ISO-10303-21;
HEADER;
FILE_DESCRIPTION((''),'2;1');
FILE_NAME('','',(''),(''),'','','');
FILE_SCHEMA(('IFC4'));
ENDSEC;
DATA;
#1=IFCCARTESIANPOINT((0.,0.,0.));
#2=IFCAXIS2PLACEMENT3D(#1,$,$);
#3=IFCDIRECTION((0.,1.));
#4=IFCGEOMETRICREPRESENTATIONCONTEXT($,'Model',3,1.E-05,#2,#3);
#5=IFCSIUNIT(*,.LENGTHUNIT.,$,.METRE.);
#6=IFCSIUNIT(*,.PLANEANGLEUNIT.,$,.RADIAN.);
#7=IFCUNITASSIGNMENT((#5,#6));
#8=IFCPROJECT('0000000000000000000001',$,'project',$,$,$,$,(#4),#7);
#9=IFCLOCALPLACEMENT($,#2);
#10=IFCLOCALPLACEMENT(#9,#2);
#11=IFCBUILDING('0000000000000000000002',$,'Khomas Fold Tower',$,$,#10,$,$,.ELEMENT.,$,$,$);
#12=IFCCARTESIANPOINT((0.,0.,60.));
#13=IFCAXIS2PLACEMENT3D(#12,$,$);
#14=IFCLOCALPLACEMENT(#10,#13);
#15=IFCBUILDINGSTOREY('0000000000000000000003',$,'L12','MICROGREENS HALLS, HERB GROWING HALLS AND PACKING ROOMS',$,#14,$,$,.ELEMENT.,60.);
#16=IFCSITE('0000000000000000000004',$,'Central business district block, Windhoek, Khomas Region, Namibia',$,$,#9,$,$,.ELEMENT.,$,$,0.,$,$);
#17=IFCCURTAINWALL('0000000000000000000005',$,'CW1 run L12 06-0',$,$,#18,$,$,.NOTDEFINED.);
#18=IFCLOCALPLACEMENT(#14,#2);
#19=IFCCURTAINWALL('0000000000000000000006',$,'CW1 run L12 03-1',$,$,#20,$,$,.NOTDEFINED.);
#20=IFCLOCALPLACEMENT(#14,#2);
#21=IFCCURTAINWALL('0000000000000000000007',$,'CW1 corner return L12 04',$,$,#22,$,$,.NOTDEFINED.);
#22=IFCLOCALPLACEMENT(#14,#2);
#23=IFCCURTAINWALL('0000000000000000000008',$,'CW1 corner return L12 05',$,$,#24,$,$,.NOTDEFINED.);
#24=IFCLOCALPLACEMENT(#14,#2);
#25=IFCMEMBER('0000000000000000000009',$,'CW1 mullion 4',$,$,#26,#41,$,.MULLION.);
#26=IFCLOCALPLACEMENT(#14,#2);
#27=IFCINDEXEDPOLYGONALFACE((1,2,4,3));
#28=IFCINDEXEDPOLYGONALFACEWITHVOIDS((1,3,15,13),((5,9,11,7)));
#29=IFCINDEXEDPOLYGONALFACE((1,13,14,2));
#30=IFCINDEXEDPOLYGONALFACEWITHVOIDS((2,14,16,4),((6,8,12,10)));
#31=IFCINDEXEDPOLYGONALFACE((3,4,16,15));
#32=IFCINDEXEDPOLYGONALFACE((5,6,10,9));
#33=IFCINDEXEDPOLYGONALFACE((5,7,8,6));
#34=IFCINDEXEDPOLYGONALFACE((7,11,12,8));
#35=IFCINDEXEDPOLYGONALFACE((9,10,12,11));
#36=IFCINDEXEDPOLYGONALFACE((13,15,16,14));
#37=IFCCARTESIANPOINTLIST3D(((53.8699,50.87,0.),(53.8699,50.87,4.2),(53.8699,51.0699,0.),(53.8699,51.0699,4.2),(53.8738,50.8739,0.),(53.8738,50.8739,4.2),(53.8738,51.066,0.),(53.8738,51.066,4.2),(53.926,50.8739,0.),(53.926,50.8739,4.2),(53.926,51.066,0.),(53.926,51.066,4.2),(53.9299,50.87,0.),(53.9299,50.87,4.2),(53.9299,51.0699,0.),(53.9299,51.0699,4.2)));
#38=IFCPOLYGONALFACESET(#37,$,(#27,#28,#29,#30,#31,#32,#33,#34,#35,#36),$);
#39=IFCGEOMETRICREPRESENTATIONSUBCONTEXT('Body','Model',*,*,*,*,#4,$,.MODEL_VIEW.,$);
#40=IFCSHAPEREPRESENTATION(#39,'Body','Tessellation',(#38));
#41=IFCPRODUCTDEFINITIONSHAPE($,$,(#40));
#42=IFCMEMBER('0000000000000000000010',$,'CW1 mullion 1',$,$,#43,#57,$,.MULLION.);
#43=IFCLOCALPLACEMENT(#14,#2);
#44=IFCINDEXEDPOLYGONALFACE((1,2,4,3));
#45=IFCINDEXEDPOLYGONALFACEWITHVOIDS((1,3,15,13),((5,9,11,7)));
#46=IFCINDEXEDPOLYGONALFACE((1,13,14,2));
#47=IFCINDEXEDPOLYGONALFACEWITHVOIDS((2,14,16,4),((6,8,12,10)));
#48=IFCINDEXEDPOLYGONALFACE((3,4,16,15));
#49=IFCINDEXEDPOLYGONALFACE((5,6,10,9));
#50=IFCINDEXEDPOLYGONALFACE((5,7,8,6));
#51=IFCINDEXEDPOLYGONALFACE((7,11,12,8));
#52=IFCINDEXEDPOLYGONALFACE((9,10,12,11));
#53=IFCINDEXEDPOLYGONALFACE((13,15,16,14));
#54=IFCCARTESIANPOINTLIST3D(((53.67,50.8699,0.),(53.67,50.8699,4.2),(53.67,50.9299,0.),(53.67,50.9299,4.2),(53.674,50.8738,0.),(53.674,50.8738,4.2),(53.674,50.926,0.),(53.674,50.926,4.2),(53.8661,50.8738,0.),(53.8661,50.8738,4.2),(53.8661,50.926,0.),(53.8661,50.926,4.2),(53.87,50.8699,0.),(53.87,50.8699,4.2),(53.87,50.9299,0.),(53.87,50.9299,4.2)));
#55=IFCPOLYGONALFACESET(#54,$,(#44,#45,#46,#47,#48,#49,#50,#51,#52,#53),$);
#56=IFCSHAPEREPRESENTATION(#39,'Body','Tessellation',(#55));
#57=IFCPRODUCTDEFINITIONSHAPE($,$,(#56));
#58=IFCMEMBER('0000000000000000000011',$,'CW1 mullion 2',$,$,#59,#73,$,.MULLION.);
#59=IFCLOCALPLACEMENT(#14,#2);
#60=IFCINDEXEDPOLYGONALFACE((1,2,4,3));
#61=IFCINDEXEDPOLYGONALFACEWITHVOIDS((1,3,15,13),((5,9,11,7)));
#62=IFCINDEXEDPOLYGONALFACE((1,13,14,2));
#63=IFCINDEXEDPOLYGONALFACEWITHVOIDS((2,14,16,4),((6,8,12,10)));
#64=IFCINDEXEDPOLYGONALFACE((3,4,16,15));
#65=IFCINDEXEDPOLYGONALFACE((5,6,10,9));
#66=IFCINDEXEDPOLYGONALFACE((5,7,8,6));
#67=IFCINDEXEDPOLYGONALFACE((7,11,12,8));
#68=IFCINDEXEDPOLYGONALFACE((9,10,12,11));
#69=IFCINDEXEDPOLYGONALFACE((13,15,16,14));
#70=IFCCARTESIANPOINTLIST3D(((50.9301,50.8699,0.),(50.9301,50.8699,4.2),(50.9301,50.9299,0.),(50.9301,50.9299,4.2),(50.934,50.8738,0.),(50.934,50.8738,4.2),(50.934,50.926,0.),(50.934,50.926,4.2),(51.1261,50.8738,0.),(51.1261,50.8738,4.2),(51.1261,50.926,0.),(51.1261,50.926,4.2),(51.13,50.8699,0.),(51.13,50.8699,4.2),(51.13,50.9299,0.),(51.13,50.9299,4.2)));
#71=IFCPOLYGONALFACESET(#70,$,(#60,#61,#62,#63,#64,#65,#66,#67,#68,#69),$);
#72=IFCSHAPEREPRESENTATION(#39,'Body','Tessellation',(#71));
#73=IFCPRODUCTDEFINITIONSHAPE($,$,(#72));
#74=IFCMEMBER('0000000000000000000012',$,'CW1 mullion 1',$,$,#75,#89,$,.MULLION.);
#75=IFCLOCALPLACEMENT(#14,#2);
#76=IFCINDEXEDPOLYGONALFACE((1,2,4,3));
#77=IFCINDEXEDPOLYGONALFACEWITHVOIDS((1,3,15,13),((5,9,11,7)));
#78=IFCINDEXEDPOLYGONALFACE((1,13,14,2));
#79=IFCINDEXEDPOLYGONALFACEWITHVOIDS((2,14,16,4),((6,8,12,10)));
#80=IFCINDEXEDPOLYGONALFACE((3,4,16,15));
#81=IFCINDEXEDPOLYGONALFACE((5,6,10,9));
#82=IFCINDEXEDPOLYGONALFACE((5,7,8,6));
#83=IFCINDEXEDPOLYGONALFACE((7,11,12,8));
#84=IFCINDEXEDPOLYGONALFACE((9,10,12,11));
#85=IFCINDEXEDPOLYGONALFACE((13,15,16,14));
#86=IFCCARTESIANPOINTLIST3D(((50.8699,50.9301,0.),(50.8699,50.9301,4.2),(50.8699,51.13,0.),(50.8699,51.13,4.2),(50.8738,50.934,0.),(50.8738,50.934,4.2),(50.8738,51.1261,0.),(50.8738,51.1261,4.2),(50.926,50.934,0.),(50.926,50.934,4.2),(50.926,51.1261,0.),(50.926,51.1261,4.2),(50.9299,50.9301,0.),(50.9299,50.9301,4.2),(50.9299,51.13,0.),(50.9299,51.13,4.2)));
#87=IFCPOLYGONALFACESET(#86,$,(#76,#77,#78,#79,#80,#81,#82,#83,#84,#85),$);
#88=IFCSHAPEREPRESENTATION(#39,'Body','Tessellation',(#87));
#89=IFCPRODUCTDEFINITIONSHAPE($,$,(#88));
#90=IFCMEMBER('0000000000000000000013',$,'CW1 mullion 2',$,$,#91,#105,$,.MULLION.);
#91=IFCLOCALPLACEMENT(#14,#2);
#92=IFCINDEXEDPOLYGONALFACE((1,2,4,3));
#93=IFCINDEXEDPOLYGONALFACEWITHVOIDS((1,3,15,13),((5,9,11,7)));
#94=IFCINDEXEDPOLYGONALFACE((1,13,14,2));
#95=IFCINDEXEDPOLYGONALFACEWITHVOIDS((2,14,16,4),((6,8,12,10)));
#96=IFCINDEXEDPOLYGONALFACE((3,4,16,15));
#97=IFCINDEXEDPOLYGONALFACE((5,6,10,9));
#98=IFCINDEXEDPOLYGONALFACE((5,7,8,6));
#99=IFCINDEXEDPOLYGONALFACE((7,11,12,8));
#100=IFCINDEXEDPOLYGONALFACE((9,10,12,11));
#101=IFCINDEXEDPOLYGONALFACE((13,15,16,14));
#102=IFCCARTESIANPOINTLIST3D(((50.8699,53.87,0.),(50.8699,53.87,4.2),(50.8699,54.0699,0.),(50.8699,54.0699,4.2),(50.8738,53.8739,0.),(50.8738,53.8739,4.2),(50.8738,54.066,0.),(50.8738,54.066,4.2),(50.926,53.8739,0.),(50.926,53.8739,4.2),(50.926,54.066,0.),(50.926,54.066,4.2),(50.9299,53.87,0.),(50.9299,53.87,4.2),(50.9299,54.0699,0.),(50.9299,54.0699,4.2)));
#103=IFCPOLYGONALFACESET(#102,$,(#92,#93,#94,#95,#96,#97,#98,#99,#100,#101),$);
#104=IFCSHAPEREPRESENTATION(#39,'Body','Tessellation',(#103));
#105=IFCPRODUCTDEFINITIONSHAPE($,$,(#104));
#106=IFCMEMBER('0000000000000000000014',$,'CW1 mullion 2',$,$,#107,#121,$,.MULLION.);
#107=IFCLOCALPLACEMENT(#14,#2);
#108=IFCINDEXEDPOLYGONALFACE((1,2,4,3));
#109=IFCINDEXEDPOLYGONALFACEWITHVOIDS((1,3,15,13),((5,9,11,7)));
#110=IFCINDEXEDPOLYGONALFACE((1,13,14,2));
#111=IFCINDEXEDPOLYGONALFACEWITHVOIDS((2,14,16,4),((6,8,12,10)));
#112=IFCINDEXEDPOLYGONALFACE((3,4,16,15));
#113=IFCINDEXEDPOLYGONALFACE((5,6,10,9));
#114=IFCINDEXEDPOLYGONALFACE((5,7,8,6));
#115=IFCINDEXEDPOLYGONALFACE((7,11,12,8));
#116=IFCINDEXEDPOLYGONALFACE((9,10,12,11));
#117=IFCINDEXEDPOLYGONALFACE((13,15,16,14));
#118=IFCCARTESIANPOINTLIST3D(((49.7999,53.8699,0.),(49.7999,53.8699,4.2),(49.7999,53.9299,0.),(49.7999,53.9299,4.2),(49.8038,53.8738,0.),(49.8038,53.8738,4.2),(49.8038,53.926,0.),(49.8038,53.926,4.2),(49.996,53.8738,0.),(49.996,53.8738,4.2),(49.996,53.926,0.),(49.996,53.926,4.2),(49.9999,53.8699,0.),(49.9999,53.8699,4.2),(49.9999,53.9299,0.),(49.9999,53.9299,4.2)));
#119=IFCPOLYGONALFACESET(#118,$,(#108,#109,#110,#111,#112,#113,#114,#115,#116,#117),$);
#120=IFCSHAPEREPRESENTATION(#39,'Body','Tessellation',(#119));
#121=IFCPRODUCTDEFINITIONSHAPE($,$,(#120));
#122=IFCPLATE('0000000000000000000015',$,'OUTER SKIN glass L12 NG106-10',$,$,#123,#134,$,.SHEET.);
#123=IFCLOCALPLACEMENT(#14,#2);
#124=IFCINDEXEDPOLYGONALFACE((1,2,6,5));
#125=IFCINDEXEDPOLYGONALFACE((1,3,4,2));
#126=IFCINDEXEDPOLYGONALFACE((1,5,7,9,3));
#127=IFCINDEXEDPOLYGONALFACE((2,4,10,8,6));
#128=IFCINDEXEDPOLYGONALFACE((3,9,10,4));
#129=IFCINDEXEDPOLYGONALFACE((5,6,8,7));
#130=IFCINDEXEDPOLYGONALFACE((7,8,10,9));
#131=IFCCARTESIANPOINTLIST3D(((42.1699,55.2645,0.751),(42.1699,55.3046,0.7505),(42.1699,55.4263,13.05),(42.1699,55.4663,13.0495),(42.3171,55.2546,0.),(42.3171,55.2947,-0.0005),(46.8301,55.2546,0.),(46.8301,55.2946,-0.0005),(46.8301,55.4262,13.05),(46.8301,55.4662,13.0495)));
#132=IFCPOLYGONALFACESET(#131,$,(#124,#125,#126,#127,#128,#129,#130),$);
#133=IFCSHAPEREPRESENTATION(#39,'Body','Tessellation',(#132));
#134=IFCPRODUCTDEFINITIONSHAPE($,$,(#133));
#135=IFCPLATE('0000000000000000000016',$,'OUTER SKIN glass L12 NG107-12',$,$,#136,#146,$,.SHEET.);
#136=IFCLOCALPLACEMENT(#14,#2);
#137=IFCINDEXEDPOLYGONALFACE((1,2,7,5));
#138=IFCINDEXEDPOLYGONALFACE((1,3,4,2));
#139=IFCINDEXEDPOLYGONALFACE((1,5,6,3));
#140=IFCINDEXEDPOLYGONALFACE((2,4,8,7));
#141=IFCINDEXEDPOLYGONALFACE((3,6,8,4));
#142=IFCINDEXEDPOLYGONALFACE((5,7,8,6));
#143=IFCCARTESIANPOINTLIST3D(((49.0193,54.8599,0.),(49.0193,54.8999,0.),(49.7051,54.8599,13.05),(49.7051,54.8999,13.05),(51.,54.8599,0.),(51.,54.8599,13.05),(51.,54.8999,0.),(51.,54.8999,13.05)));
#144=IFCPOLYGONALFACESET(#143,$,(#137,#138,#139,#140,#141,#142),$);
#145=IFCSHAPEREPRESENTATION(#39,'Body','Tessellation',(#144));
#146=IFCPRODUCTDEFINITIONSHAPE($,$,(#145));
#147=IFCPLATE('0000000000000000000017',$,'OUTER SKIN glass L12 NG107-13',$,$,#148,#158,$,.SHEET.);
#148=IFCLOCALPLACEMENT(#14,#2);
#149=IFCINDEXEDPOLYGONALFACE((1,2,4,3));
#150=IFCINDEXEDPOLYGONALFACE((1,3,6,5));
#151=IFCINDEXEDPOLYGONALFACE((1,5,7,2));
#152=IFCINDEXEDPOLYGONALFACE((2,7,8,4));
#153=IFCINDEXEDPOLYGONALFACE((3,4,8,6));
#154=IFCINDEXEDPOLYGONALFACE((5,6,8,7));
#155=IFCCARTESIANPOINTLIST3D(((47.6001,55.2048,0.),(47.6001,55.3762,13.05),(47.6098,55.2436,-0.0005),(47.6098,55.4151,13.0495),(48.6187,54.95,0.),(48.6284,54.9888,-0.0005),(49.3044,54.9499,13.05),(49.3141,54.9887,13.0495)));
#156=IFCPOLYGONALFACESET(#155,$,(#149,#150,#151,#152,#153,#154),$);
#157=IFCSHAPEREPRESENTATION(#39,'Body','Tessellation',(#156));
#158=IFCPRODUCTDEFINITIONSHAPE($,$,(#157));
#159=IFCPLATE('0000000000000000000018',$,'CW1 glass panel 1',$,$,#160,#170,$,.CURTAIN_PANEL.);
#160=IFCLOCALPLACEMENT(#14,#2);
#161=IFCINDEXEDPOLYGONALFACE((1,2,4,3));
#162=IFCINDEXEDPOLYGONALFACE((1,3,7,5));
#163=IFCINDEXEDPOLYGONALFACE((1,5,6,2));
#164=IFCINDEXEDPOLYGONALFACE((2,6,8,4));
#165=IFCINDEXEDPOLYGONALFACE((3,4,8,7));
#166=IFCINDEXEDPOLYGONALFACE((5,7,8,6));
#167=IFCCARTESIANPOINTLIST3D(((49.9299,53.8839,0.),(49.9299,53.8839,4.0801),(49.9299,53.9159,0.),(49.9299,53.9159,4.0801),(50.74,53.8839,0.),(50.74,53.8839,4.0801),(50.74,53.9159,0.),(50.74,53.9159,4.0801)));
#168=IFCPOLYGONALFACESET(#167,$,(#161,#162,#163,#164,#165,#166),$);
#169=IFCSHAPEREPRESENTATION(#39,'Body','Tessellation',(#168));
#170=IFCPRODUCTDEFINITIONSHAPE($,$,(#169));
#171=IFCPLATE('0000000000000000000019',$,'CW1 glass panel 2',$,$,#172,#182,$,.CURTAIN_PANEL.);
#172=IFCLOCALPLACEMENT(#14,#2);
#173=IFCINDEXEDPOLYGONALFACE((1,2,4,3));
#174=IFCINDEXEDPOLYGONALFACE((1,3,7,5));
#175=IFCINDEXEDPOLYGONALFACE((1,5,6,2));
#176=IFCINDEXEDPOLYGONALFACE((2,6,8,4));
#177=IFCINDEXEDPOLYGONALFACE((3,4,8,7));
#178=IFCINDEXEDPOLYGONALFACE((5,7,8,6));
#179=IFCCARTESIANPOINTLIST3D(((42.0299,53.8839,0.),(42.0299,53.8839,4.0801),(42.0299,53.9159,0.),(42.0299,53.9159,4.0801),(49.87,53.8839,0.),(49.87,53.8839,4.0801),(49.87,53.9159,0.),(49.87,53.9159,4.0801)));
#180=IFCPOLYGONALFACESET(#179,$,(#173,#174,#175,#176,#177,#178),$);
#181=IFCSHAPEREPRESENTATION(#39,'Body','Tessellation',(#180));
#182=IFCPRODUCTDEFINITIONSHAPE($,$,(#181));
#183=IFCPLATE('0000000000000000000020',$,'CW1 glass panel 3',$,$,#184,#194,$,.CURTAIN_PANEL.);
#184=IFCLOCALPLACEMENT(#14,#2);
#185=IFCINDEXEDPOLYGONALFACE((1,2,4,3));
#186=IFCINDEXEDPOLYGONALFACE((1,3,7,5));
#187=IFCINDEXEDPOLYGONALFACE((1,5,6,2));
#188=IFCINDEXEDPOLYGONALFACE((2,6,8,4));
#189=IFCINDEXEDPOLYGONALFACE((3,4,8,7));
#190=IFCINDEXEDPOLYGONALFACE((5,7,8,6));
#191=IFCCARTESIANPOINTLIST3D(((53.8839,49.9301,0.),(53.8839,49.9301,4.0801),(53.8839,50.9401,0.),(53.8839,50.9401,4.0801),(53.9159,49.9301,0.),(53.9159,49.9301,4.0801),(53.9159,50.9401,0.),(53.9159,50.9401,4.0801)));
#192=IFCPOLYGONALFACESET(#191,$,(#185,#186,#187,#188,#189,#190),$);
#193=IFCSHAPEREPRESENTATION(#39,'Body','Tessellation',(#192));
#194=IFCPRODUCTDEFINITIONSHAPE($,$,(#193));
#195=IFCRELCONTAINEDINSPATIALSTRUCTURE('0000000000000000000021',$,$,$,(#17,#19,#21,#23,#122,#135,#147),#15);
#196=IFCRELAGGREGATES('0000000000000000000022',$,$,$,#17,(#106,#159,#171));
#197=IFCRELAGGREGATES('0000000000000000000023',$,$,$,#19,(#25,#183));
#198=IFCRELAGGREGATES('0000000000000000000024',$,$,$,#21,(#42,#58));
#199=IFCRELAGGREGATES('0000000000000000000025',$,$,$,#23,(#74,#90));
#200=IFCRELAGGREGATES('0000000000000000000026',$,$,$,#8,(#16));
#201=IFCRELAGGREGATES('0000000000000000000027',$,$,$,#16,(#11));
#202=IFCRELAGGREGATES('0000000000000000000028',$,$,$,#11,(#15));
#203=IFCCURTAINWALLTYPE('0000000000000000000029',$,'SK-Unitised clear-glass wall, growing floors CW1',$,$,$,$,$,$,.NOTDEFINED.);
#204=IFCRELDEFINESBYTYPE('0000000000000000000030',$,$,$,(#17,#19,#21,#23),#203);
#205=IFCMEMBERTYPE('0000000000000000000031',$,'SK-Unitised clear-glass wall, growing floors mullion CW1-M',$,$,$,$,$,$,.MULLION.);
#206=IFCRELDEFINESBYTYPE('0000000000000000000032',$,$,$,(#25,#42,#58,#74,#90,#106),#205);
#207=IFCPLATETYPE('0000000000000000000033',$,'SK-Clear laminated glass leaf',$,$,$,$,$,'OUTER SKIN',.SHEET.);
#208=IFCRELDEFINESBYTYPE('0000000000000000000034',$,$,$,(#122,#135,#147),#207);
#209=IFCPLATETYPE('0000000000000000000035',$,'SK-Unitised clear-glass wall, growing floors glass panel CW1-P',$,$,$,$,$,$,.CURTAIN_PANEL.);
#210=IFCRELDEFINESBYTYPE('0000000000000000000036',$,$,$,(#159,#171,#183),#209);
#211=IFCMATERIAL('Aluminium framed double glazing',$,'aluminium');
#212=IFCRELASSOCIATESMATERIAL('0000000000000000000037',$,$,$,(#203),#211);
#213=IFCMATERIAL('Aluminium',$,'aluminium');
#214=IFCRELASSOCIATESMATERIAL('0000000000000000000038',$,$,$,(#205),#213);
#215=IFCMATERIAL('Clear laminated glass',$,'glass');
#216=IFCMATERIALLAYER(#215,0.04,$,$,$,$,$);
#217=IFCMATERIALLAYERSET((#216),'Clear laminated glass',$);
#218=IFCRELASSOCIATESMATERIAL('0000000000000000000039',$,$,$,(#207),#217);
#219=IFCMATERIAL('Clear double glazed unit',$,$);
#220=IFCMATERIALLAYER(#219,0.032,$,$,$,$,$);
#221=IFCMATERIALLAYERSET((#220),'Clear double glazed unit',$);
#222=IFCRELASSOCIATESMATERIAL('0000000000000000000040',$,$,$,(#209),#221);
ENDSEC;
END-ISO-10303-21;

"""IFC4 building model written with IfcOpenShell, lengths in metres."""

from ifc_helpers import new_model, si_unit, direction, frame, origin, origin_2d, place, context, subcontext, project, spatial, polyline, rectangle, hollow_rectangle, outline, extrude, source, transform, mapped, material, layer, layer_set, material_profile, profile_set, type_object, element, aggregate, save


model = new_model("IFC4")

# Units and contexts
model_context = context("Model", 3, precision=1e-05, world=origin(), true_north=direction((0.0, 1.0)))
body_context = subcontext(model_context, "Body", "Model", "MODEL_VIEW")
ifc_project = project(units=[si_unit("LENGTHUNIT", "METRE"), si_unit("PLANEANGLEUNIT", "RADIAN")], contexts=[model_context])

# Site, building, storey
site_placement = place(None, origin())
site = spatial("IfcSite", under=ifc_project, at=site_placement, Name="Central business district block, Windhoek, Khomas Region, Namibia", CompositionType="ELEMENT", RefElevation=0.0)
building_placement = place(site_placement, origin())
building = spatial("IfcBuilding", under=site, at=building_placement, Name="Khomas Fold Tower", CompositionType="ELEMENT")
storey_placement = place(building_placement, frame((0.0, 0.0, 60.0)))
storey = spatial("IfcBuildingStorey", under=building, at=storey_placement, Name="L12", Description="MICROGREENS HALLS, HERB GROWING HALLS AND PACKING ROOMS", CompositionType="ELEMENT", Elevation=60.0)

# Curtain wall
ifc_material_1 = material(Name="Aluminium framed double glazing", Category="aluminium")
curtain_wall_type = type_object("IfcCurtainWallType", Name="SK-Unitised clear-glass wall, growing floors CW1", PredefinedType="NOTDEFINED", material=ifc_material_1)
curtain_wall_1_placement = place(storey_placement, origin())
curtain_wall_1 = element("IfcCurtainWall", 1, at=curtain_wall_1_placement, inside=storey, type_object=curtain_wall_type, Name="CW1 run L12 06-0", PredefinedType="NOTDEFINED")

# Curtain walls
curtain_wall_2_placement = place(storey_placement, origin())
curtain_wall_2 = element("IfcCurtainWall", 2, at=curtain_wall_2_placement, inside=storey, type_object=curtain_wall_type, Name="CW1 run L12 03-1", PredefinedType="NOTDEFINED")
curtain_wall_3_placement = place(storey_placement, origin())
curtain_wall_3 = element("IfcCurtainWall", 3, at=curtain_wall_3_placement, inside=storey, type_object=curtain_wall_type, Name="CW1 corner return L12 04", PredefinedType="NOTDEFINED")
curtain_wall_4_placement = place(storey_placement, origin())
curtain_wall_4 = element("IfcCurtainWall", 4, at=curtain_wall_4_placement, inside=storey, type_object=curtain_wall_type, Name="CW1 corner return L12 05", PredefinedType="NOTDEFINED")

# Members
ifc_material_2 = material(Name="Aluminium", Category="aluminium")
ifc_material_profile_1 = material_profile(ifc_material_2, hollow_rectangle(XDim=0.0601, YDim=0.2, WallThickness=0.0039, at=origin_2d()), Name="SK-Unitised clear-glass wall, growing floors mullion CW1-M")
ifc_profile_set_1 = profile_set([ifc_material_profile_1], Name="Aluminium")
member_type_1 = type_object("IfcMemberType", Name="SK-Unitised clear-glass wall, growing floors mullion CW1-M", PredefinedType="MULLION", material=ifc_profile_set_1)
shared_shape_1 = source(origin(), body_context, "Body", "SweptSolid", [
    extrude(hollow_rectangle(XDim=0.0601, YDim=0.2, WallThickness=0.0039, at=origin_2d()), origin(), (0.0, 0.0, 1.0), 4.2),
])
member_1_placement = place(storey_placement, frame((53.8999, 50.97, 0.0), z_axis=(0.0, 0.0, 1.0), x_axis=(-1.0, 0.0, 0.0)))
member_1 = element("IfcMember", 5, at=member_1_placement, type_object=member_type_1, Name="CW1 mullion 4", PredefinedType="MULLION", context=body_context, shape_type="MappedRepresentation", body=[
    mapped(shared_shape_1, transform((0.0, 0.0, 0.0))),
])
member_2_placement = place(storey_placement, frame((53.77, 50.8999, 0.0), z_axis=(0.0, 0.0, 1.0), x_axis=(0.0, -1.0, 0.0)))
member_2 = element("IfcMember", 6, at=member_2_placement, type_object=member_type_1, Name="CW1 mullion 1", PredefinedType="MULLION", context=body_context, shape_type="MappedRepresentation", body=[
    mapped(shared_shape_1, transform((0.0, 0.0, 0.0))),
])
member_3_placement = place(storey_placement, frame((51.03, 50.8999, 0.0), z_axis=(0.0, 0.0, 1.0), x_axis=(0.0, -1.0, 0.0)))
member_3 = element("IfcMember", 7, at=member_3_placement, type_object=member_type_1, Name="CW1 mullion 2", PredefinedType="MULLION", context=body_context, shape_type="MappedRepresentation", body=[
    mapped(shared_shape_1, transform((0.0, 0.0, 0.0))),
])
member_4_placement = place(storey_placement, frame((50.8999, 51.03, 0.0), z_axis=(0.0, 0.0, 1.0), x_axis=(-1.0, 0.0, 0.0)))
member_4 = element("IfcMember", 8, at=member_4_placement, type_object=member_type_1, Name="CW1 mullion 1", PredefinedType="MULLION", context=body_context, shape_type="MappedRepresentation", body=[
    mapped(shared_shape_1, transform((0.0, 0.0, 0.0))),
])
member_5_placement = place(storey_placement, frame((50.8999, 53.97, 0.0), z_axis=(0.0, 0.0, 1.0), x_axis=(-1.0, 0.0, 0.0)))
member_5 = element("IfcMember", 9, at=member_5_placement, type_object=member_type_1, Name="CW1 mullion 2", PredefinedType="MULLION", context=body_context, shape_type="MappedRepresentation", body=[
    mapped(shared_shape_1, transform((0.0, 0.0, 0.0))),
])
member_6_placement = place(storey_placement, frame((49.8999, 53.8999, 0.0), z_axis=(0.0, 0.0, 1.0), x_axis=(0.0, -1.0, 0.0)))
member_6 = element("IfcMember", 10, at=member_6_placement, type_object=member_type_1, Name="CW1 mullion 2", PredefinedType="MULLION", context=body_context, shape_type="MappedRepresentation", body=[
    mapped(shared_shape_1, transform((0.0, 0.0, 0.0))),
])

# Plates
ifc_material_3 = material(Name="Clear laminated glass", Category="glass")
ifc_layer_1 = layer(ifc_material_3, 0.04)
ifc_layer_set_1 = layer_set([ifc_layer_1], Name="Clear laminated glass")
plate_type_1 = type_object("IfcPlateType", Name="SK-Clear laminated glass leaf", ElementType="OUTER SKIN", PredefinedType="SHEET", material=ifc_layer_set_1)
plate_1_placement = place(storey_placement, frame((42.3171, 55.2546, 0.0), z_axis=(-0.000014, -0.999914, 0.01315), x_axis=(-0.192356, 0.012908, 0.98124)))
element("IfcPlate", 11, at=plate_1_placement, inside=storey, type_object=plate_type_1, Name="OUTER SKIN glass L12 NG106-10", PredefinedType="SHEET", context=body_context, shape_type="SweptSolid", body=[
    extrude(outline(polyline([(0.0, 0.0), (0.7653, 0.0), (12.8358, -2.366), (11.9394, -6.9391), (-0.8681, -4.4287), (0.0, 0.0)])), origin(), (0.0, 0.0, -1.0), 0.04),
])
plate_2_placement = place(storey_placement, frame((49.0193, 54.8999, 0.0), z_axis=(0.0, 1.0, 0.0), x_axis=(0.052478, 0.0, 0.998622)))
element("IfcPlate", 12, at=plate_2_placement, inside=storey, type_object=plate_type_1, Name="OUTER SKIN glass L12 NG107-12", PredefinedType="SHEET", context=body_context, shape_type="SweptSolid", body=[
    extrude(outline(polyline([(0.0, 0.0), (13.0681, 0.0), (13.136, 1.2931), (0.1039, 1.978), (0.0, 0.0)])), origin(), (0.0, 0.0, -1.0), 0.04),
])
plate_3_placement = place(storey_placement, frame((48.6187, 54.95, 0.0), z_axis=(-0.242659, -0.970028, 0.012746), x_axis=(-0.970107, 0.242679, 0.000001)))
element("IfcPlate", 13, at=plate_3_placement, inside=storey, type_object=plate_type_1, Name="OUTER SKIN glass L12 NG107-13", PredefinedType="SHEET", context=body_context, shape_type="SweptSolid", body=[
    extrude(outline(polyline([(0.0, 0.0), (1.05, 0.0), (1.0916, -13.0511), (-0.6653, -13.0511), (0.0, 0.0)])), origin(), (0.0, 0.0, -1.0), 0.04),
])

# Plates
ifc_material_4 = material(Name="Clear double glazed unit")
ifc_layer_2 = layer(ifc_material_4, 0.032)
ifc_layer_set_2 = layer_set([ifc_layer_2], Name="Clear double glazed unit")
plate_type_2 = type_object("IfcPlateType", Name="SK-Unitised clear-glass wall, growing floors glass panel CW1-P", PredefinedType="CURTAIN_PANEL", material=ifc_layer_set_2)
shared_shape_2 = source(origin(), body_context, "Body", "SweptSolid", [
    extrude(rectangle(XDim=0.8101, YDim=0.032, at=origin_2d()), origin(), (0.0, 0.0, 1.0), 4.0801),
])
plate_4_placement = place(storey_placement, frame((50.335, 53.8999, 0.0), z_axis=(0.0, 0.0, 1.0), x_axis=(-1.0, 0.0, 0.0)))
plate_4 = element("IfcPlate", 14, at=plate_4_placement, type_object=plate_type_2, Name="CW1 glass panel 1", PredefinedType="CURTAIN_PANEL", context=body_context, shape_type="MappedRepresentation", body=[
    mapped(shared_shape_2, transform((0.0, 0.0, 0.0))),
])
shared_shape_3 = source(origin(), body_context, "Body", "SweptSolid", [
    extrude(rectangle(XDim=7.8401, YDim=0.032, at=origin_2d()), origin(), (0.0, 0.0, 1.0), 4.0801),
])
plate_5_placement = place(storey_placement, frame((45.95, 53.8999, 0.0), z_axis=(0.0, 0.0, 1.0), x_axis=(-1.0, 0.0, 0.0)))
plate_5 = element("IfcPlate", 15, at=plate_5_placement, type_object=plate_type_2, Name="CW1 glass panel 2", PredefinedType="CURTAIN_PANEL", context=body_context, shape_type="MappedRepresentation", body=[
    mapped(shared_shape_3, transform((0.0, 0.0, 0.0))),
])
aggregate(curtain_wall_1, [member_6, plate_4, plate_5])
shared_shape_4 = source(origin(), body_context, "Body", "SweptSolid", [
    extrude(rectangle(XDim=1.01, YDim=0.032, at=origin_2d()), origin(), (0.0, 0.0, 1.0), 4.0801),
])
plate_6_placement = place(storey_placement, frame((53.8999, 50.4351, 0.0), z_axis=(0.0, 0.0, 1.0), x_axis=(0.0, 1.0, 0.0)))
plate_6 = element("IfcPlate", 16, at=plate_6_placement, type_object=plate_type_2, Name="CW1 glass panel 3", PredefinedType="CURTAIN_PANEL", context=body_context, shape_type="MappedRepresentation", body=[
    mapped(shared_shape_4, transform((0.0, 0.0, 0.0))),
])
aggregate(curtain_wall_2, [member_1, plate_6])
aggregate(curtain_wall_3, [member_2, member_3])
aggregate(curtain_wall_4, [member_4, member_5])

save(model, "model.ifc")
